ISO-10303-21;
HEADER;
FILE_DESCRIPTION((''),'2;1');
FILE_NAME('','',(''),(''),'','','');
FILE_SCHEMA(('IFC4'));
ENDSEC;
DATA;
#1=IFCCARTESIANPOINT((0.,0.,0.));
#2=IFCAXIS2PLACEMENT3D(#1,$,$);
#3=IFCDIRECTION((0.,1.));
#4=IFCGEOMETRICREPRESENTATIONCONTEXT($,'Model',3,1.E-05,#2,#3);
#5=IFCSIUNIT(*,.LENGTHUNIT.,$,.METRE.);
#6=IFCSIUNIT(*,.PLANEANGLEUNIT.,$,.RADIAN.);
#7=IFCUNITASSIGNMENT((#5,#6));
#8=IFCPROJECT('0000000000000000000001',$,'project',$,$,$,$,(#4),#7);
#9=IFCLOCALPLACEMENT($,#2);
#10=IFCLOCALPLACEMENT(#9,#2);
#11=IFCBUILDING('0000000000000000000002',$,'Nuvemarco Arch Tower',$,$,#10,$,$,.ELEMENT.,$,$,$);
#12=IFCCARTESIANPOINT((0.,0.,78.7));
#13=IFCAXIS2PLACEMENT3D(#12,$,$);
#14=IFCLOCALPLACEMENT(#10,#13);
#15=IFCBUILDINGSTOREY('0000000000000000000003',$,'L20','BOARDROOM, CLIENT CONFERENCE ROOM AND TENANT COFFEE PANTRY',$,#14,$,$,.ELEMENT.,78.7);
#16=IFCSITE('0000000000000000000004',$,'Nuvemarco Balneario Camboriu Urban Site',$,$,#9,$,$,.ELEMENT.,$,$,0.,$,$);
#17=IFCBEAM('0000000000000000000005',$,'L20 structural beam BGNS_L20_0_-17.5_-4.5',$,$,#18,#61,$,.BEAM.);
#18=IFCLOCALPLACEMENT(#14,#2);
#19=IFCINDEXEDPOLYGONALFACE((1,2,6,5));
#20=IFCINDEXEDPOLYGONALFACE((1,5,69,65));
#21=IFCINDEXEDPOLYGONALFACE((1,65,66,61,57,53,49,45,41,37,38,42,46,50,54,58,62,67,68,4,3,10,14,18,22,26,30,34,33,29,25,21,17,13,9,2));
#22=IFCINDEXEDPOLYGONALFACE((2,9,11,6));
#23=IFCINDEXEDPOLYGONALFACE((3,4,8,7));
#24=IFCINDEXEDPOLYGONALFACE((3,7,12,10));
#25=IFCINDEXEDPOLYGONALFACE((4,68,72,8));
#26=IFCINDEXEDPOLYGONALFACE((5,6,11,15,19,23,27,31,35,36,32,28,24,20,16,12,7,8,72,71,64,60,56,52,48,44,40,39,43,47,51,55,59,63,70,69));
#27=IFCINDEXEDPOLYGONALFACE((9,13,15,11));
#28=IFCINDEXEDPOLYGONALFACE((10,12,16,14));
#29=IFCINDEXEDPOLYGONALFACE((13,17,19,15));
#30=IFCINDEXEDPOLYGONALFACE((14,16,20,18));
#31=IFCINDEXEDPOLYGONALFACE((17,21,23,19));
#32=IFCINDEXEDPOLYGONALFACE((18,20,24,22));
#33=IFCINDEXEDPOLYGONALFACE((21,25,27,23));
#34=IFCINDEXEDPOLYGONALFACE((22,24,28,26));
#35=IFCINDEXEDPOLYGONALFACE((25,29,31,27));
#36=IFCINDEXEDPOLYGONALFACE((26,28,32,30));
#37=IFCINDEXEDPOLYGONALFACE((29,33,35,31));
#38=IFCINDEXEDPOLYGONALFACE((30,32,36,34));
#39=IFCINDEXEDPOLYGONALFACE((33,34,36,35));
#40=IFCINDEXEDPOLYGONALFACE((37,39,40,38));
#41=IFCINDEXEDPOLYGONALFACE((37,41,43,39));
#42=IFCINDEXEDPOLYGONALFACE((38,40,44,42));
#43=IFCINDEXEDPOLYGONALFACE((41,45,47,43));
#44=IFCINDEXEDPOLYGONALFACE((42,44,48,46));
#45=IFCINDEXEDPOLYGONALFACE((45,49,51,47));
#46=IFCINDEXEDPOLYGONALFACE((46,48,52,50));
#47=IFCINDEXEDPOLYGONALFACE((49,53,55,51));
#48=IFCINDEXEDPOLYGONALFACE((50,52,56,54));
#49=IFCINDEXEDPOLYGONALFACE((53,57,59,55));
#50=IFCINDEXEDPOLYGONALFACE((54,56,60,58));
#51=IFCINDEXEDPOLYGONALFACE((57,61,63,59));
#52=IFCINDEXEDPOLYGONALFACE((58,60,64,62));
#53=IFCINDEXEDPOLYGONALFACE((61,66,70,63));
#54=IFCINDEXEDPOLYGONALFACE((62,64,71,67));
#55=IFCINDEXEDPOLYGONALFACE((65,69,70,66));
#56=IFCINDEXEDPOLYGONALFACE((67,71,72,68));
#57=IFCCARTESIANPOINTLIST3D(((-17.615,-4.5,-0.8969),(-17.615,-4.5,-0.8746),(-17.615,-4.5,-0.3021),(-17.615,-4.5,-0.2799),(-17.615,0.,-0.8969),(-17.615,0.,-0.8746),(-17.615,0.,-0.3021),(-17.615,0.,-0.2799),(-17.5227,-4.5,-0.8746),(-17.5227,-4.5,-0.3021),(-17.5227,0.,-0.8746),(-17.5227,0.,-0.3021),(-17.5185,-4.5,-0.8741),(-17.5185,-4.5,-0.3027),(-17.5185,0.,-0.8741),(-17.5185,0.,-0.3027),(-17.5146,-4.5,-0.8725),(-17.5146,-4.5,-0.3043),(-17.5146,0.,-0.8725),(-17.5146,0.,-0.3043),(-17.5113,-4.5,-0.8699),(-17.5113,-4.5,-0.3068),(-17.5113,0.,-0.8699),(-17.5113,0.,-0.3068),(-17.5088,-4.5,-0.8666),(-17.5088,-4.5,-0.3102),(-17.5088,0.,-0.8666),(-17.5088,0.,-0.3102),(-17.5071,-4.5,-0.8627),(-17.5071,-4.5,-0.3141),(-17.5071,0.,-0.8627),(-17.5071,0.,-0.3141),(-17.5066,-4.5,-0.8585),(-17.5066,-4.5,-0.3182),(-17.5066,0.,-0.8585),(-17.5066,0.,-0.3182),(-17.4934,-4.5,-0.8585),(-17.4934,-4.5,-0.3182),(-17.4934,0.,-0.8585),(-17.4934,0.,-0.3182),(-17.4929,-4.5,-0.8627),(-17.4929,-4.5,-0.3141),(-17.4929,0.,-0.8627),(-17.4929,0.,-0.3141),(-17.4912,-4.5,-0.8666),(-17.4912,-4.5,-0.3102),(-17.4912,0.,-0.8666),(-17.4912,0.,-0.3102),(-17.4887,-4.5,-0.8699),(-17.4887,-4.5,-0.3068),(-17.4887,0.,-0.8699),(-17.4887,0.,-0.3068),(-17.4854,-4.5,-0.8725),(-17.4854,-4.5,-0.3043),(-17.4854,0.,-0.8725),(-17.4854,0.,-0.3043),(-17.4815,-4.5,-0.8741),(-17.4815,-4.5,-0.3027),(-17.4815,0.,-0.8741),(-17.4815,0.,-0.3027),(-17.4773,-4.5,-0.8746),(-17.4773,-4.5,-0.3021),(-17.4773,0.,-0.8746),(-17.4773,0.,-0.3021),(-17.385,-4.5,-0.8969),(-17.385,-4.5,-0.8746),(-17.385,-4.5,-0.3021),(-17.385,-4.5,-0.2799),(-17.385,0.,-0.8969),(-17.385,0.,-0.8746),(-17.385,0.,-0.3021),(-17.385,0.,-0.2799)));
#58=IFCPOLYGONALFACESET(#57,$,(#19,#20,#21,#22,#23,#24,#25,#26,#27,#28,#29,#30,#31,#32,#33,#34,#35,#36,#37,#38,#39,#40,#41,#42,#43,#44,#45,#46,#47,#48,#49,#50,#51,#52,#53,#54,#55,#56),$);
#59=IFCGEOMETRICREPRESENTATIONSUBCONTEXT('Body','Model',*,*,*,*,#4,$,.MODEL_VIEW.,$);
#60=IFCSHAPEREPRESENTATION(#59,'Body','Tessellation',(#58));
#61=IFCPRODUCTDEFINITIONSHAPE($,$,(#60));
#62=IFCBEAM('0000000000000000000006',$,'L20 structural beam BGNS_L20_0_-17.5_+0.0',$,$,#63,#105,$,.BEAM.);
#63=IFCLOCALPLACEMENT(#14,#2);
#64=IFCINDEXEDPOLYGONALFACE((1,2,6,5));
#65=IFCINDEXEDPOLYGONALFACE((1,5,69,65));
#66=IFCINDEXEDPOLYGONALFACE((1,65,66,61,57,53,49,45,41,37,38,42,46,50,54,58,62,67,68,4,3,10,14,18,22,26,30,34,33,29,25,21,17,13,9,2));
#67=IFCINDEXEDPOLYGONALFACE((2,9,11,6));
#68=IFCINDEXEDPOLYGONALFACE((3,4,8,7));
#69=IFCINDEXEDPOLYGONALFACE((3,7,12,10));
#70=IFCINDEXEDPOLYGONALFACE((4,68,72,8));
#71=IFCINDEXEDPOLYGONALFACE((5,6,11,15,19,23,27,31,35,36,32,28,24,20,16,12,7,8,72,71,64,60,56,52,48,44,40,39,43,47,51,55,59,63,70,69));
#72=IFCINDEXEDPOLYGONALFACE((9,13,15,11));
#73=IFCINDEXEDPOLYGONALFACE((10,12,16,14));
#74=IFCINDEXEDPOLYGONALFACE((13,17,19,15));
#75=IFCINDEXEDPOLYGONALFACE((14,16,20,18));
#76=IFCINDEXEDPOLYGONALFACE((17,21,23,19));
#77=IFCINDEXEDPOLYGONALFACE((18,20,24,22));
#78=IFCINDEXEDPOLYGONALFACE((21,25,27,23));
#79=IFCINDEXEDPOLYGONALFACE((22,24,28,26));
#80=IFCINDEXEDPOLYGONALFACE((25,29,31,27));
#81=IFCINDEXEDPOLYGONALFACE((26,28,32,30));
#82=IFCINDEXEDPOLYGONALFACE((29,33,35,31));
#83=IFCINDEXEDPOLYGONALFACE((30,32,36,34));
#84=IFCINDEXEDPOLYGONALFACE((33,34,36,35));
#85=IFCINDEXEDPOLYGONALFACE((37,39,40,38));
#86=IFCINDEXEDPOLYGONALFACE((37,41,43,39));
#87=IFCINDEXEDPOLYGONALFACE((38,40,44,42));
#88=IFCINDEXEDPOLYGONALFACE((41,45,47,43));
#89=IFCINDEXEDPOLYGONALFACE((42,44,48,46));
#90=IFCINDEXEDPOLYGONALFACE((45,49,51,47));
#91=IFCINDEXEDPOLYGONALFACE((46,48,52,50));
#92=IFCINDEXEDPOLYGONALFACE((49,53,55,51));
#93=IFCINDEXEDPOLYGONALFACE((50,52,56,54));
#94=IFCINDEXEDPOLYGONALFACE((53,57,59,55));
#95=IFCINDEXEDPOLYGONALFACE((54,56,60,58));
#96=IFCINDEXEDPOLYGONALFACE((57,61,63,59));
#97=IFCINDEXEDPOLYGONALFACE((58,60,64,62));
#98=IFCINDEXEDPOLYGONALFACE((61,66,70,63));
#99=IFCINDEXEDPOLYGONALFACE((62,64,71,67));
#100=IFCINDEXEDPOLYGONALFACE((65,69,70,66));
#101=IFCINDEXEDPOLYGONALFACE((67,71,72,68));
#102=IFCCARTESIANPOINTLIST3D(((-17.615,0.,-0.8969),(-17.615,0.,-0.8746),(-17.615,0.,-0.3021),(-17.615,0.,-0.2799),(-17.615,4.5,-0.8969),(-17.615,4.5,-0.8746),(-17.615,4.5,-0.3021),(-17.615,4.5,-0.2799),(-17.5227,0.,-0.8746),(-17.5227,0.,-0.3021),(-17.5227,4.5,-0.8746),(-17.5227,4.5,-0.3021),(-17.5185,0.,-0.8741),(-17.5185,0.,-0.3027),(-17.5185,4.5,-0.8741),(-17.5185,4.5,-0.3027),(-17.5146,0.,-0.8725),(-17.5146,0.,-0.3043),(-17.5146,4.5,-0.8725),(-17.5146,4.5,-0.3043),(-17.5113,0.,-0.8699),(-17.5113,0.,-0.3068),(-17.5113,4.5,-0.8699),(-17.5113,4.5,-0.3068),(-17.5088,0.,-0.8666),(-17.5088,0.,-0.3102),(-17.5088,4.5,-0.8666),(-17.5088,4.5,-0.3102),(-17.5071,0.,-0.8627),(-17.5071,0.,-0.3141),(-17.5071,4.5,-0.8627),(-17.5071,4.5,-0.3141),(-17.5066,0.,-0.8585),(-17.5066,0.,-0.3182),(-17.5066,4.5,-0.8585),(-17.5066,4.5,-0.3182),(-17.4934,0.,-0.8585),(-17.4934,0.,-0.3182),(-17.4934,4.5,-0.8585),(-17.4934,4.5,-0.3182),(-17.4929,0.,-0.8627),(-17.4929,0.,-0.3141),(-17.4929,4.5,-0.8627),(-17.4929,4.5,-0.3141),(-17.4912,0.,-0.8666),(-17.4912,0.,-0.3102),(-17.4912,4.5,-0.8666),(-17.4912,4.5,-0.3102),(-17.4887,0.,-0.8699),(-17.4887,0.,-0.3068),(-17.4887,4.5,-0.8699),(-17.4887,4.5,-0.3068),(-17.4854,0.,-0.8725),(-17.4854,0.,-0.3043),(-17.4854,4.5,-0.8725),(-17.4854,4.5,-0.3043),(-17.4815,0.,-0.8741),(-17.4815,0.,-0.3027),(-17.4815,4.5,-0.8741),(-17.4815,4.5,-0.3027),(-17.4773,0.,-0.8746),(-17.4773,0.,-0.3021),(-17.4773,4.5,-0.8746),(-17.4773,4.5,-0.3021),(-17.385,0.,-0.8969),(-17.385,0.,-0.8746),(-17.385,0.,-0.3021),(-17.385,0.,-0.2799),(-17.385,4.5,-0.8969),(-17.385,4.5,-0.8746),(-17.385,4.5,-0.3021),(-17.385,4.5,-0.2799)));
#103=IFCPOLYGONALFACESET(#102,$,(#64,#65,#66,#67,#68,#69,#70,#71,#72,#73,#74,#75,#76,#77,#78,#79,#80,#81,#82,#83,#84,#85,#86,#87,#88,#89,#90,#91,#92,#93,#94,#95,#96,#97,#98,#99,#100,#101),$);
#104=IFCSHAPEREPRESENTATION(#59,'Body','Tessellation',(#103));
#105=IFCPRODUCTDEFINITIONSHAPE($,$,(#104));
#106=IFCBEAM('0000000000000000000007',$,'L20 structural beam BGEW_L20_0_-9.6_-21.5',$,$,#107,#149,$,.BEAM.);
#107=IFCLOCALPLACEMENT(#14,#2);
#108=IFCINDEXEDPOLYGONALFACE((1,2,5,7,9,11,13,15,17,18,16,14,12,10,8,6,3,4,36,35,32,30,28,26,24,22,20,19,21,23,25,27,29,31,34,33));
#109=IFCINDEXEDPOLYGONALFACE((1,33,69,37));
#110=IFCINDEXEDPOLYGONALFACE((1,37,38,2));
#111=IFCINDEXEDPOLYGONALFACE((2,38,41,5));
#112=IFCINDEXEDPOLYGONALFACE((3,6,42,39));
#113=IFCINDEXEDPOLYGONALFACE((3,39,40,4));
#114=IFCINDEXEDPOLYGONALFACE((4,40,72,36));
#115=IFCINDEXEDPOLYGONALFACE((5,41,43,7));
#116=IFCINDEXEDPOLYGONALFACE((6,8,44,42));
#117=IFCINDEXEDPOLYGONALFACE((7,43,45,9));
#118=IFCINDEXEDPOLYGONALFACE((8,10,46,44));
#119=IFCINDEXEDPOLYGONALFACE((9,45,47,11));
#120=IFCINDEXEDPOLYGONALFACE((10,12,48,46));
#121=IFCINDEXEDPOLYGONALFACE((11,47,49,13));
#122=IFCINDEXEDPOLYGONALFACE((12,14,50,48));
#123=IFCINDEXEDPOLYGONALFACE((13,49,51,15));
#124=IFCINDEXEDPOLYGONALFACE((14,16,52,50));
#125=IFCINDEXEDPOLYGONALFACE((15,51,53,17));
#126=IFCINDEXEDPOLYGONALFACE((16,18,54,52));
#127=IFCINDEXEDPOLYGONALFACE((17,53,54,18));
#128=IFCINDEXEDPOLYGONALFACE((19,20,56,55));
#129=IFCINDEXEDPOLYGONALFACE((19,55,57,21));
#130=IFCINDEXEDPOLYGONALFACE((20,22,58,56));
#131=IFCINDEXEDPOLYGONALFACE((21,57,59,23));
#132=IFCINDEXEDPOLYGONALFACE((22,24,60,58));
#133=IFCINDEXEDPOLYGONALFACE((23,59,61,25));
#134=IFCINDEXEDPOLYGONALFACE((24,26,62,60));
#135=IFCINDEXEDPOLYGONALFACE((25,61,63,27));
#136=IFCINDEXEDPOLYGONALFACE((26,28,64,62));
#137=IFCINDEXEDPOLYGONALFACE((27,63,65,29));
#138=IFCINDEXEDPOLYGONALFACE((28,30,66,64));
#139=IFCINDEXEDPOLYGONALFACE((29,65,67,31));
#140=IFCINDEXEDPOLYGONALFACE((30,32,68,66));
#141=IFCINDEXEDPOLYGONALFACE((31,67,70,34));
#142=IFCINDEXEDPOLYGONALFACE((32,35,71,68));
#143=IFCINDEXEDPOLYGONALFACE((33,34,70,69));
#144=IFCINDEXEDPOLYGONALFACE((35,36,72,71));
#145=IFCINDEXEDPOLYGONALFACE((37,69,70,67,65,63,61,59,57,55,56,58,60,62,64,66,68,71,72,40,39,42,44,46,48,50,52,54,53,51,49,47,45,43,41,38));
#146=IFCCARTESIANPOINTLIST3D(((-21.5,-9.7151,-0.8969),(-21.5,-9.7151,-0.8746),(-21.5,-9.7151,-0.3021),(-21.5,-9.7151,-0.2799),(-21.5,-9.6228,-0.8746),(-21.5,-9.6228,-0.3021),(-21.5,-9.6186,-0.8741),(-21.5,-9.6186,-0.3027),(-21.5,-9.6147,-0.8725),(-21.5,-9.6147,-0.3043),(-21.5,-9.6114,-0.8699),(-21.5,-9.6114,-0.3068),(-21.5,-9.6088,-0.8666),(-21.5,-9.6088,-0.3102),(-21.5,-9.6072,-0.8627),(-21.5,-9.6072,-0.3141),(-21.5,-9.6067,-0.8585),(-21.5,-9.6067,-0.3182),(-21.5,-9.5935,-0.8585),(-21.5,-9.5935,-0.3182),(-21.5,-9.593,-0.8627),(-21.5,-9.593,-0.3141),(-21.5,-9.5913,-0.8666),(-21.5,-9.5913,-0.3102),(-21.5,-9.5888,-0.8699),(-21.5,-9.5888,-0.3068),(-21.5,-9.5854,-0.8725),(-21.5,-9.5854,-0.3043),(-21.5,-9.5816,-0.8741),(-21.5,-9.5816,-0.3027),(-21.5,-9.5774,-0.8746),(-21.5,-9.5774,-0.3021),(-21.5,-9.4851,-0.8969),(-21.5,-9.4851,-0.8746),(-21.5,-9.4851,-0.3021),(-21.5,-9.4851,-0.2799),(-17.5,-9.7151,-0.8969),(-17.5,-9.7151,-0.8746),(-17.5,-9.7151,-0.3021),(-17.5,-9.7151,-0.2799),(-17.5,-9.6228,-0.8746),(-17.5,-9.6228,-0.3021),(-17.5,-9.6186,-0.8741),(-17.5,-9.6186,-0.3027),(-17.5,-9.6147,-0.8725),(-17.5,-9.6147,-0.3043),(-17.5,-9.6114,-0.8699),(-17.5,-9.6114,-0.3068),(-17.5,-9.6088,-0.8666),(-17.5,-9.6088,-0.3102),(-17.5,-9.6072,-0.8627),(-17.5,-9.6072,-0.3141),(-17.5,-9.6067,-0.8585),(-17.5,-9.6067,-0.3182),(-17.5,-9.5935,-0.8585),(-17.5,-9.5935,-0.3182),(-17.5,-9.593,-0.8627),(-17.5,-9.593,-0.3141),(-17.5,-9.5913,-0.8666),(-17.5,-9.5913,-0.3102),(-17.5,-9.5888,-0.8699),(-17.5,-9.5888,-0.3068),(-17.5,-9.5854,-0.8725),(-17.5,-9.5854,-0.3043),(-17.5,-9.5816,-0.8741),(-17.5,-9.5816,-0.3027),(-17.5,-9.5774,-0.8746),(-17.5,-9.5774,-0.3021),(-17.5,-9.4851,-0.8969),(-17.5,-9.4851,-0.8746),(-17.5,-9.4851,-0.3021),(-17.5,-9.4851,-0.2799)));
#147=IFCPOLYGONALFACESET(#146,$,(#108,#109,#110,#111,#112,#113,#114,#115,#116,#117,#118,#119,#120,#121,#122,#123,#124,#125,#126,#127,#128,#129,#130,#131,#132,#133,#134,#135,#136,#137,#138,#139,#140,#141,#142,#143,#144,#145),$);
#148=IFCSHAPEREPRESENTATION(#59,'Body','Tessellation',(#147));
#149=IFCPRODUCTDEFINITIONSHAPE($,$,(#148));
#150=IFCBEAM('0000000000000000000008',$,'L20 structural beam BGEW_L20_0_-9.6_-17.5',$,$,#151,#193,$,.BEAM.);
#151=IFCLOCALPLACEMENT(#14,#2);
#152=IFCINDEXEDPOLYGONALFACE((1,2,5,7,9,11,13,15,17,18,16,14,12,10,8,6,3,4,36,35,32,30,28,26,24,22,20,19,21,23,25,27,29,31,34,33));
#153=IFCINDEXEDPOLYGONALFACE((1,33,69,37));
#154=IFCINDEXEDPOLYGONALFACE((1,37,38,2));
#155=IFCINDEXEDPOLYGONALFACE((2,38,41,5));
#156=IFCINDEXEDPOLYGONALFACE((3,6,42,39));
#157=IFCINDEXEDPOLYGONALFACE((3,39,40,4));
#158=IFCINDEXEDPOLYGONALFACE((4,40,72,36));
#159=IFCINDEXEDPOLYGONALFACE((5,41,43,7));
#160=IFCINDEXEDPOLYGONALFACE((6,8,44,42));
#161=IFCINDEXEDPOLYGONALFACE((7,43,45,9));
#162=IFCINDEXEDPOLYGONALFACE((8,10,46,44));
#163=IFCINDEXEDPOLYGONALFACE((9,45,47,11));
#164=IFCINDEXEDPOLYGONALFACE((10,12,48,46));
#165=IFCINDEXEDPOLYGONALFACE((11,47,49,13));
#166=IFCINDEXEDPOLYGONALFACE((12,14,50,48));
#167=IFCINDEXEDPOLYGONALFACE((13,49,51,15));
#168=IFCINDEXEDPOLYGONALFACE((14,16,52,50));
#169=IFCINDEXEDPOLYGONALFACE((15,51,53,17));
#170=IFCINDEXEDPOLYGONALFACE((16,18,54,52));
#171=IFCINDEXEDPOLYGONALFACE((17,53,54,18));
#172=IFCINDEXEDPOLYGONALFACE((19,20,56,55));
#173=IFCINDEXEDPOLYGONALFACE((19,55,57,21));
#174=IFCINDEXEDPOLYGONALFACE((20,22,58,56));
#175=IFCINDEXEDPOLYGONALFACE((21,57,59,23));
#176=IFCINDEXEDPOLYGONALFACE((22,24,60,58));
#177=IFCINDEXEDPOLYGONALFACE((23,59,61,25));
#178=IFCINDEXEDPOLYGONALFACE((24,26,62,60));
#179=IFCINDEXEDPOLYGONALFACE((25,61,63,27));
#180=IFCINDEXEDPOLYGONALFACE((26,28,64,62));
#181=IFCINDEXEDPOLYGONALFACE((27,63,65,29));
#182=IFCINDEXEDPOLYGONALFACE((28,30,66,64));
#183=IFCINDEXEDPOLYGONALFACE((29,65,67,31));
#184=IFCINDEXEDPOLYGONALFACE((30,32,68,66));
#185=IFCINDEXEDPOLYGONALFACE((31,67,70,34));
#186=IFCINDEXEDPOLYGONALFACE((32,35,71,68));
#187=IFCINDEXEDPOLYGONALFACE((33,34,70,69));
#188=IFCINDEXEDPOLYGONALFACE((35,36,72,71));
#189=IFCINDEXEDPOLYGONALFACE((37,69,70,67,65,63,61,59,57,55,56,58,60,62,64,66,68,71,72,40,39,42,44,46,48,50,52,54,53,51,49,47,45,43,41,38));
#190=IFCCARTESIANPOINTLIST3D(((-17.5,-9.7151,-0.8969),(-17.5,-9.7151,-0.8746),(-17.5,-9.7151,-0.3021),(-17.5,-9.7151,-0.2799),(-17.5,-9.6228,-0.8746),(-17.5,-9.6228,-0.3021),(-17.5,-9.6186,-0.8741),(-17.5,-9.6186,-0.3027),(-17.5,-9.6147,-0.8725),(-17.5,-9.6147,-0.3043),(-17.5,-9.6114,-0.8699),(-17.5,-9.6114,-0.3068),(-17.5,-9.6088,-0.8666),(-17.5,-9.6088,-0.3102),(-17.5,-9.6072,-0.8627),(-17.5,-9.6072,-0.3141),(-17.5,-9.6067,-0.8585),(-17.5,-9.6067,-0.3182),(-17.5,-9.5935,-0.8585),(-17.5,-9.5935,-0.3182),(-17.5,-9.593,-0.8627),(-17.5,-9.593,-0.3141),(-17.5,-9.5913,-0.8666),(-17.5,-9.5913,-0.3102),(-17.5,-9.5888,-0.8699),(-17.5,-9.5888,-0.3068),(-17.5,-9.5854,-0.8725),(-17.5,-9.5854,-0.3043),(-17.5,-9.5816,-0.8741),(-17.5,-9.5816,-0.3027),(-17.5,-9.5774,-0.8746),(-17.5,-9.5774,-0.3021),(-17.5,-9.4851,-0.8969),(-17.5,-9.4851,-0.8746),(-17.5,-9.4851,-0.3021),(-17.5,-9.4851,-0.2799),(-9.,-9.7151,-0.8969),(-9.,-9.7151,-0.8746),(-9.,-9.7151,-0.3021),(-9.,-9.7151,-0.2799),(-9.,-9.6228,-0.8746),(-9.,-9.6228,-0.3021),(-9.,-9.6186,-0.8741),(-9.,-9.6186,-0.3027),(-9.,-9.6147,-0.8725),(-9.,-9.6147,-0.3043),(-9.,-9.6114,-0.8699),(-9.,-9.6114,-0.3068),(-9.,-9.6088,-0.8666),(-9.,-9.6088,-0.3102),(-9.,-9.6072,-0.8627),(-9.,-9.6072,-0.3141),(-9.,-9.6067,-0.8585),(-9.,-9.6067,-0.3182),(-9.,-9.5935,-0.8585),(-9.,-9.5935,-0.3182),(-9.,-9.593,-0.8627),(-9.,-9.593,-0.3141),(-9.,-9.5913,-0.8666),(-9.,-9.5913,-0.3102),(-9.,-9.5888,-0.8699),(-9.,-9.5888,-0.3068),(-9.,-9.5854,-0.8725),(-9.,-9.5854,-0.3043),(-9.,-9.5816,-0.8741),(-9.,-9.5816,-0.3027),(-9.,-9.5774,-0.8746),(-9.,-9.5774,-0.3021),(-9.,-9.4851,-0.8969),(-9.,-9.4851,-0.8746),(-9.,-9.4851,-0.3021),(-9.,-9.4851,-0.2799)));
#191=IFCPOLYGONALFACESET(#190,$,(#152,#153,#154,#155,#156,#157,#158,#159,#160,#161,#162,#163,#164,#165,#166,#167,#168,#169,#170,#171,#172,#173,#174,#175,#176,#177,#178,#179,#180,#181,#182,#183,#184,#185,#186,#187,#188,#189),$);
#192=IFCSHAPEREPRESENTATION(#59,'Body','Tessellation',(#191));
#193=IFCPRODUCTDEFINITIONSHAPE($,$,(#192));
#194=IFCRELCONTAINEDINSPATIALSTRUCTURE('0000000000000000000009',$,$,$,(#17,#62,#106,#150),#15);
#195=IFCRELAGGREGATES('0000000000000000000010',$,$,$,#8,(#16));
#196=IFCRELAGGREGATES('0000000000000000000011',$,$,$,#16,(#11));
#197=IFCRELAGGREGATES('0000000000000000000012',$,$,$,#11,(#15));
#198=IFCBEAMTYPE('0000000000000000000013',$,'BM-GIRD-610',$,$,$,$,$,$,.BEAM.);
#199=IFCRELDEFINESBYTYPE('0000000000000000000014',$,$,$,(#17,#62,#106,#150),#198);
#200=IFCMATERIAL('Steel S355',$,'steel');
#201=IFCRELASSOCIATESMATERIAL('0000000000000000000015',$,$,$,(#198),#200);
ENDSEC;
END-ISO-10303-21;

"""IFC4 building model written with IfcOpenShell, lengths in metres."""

from ifc_helpers import new_model, si_unit, direction, frame, origin, origin_2d, place, context, subcontext, project, spatial, i_section, extrude, material, material_profile, profile_set, type_object, element, save


model = new_model("IFC4")

# Units and contexts
model_context = context("Model", 3, precision=1e-05, world=origin(), true_north=direction((0.0, 1.0)))
body_context = subcontext(model_context, "Body", "Model", "MODEL_VIEW")
ifc_project = project(units=[si_unit("LENGTHUNIT", "METRE"), si_unit("PLANEANGLEUNIT", "RADIAN")], contexts=[model_context])

# Site, building, storey
site_placement = place(None, origin())
site = spatial("IfcSite", under=ifc_project, at=site_placement, Name="Nuvemarco Balneario Camboriu Urban Site", CompositionType="ELEMENT", RefElevation=0.0)
building_placement = place(site_placement, origin())
building = spatial("IfcBuilding", under=site, at=building_placement, Name="Nuvemarco Arch Tower", CompositionType="ELEMENT")
storey_placement = place(building_placement, frame((0.0, 0.0, 78.7)))
storey = spatial("IfcBuildingStorey", under=building, at=storey_placement, Name="L20", Description="BOARDROOM, CLIENT CONFERENCE ROOM AND TENANT COFFEE PANTRY", CompositionType="ELEMENT", Elevation=78.7)

# Beams
ifc_material_1 = material(Name="Steel S355", Category="steel")
ifc_material_profile_1 = material_profile(ifc_material_1, i_section(OverallWidth=0.23, OverallDepth=0.6169, WebThickness=0.0132, FlangeThickness=0.0222, FilletRadius=0.0161, at=origin_2d()), Name="W610x140")
ifc_profile_set_1 = profile_set([ifc_material_profile_1], Name="Steel S355")
beam_type_1 = type_object("IfcBeamType", Name="BM-GIRD-610", PredefinedType="BEAM", material=ifc_profile_set_1)
for number, where, z_axis, x_axis, name in (
    (1, (-17.5, -4.5, -0.5884), (0.0, 1.0, 0.0), (-1.0, 0.0, 0.0), "L20 structural beam BGNS_L20_0_-17.5_-4.5"),
    (2, (-17.5, 0.0, -0.5884), (0.0, 1.0, 0.0), (-1.0, 0.0, 0.0), "L20 structural beam BGNS_L20_0_-17.5_+0.0"),
):
    element("IfcBeam", number, at=place(storey_placement, frame(where, z_axis=z_axis, x_axis=x_axis)), inside=storey, type_object=beam_type_1, Name=name, PredefinedType="BEAM", context=body_context, shape_type="SweptSolid", body=[
        extrude(i_section(OverallWidth=0.23, OverallDepth=0.6169, WebThickness=0.0132, FlangeThickness=0.0222, FilletRadius=0.0161, at=origin_2d()), origin(), (0.0, 0.0, 1.0), 4.5),
    ])
beam_1_placement = place(storey_placement, frame((-21.5, -9.6001, -0.5884), z_axis=(1.0, 0.0, 0.0), x_axis=(0.0, 1.0, 0.0)))
element("IfcBeam", 3, at=beam_1_placement, inside=storey, type_object=beam_type_1, Name="L20 structural beam BGEW_L20_0_-9.6_-21.5", PredefinedType="BEAM", context=body_context, shape_type="SweptSolid", body=[
    extrude(i_section(OverallWidth=0.23, OverallDepth=0.6169, WebThickness=0.0132, FlangeThickness=0.0222, FilletRadius=0.0161, at=origin_2d()), origin(), (0.0, 0.0, 1.0), 4.0),
])
beam_2_placement = place(storey_placement, frame((-17.5, -9.6001, -0.5884), z_axis=(1.0, 0.0, 0.0), x_axis=(0.0, 1.0, 0.0)))
element("IfcBeam", 4, at=beam_2_placement, inside=storey, type_object=beam_type_1, Name="L20 structural beam BGEW_L20_0_-9.6_-17.5", PredefinedType="BEAM", context=body_context, shape_type="SweptSolid", body=[
    extrude(i_section(OverallWidth=0.23, OverallDepth=0.6169, WebThickness=0.0132, FlangeThickness=0.0222, FilletRadius=0.0161, at=origin_2d()), origin(), (0.0, 0.0, 1.0), 8.5),
])

save(model, "model.ifc")
